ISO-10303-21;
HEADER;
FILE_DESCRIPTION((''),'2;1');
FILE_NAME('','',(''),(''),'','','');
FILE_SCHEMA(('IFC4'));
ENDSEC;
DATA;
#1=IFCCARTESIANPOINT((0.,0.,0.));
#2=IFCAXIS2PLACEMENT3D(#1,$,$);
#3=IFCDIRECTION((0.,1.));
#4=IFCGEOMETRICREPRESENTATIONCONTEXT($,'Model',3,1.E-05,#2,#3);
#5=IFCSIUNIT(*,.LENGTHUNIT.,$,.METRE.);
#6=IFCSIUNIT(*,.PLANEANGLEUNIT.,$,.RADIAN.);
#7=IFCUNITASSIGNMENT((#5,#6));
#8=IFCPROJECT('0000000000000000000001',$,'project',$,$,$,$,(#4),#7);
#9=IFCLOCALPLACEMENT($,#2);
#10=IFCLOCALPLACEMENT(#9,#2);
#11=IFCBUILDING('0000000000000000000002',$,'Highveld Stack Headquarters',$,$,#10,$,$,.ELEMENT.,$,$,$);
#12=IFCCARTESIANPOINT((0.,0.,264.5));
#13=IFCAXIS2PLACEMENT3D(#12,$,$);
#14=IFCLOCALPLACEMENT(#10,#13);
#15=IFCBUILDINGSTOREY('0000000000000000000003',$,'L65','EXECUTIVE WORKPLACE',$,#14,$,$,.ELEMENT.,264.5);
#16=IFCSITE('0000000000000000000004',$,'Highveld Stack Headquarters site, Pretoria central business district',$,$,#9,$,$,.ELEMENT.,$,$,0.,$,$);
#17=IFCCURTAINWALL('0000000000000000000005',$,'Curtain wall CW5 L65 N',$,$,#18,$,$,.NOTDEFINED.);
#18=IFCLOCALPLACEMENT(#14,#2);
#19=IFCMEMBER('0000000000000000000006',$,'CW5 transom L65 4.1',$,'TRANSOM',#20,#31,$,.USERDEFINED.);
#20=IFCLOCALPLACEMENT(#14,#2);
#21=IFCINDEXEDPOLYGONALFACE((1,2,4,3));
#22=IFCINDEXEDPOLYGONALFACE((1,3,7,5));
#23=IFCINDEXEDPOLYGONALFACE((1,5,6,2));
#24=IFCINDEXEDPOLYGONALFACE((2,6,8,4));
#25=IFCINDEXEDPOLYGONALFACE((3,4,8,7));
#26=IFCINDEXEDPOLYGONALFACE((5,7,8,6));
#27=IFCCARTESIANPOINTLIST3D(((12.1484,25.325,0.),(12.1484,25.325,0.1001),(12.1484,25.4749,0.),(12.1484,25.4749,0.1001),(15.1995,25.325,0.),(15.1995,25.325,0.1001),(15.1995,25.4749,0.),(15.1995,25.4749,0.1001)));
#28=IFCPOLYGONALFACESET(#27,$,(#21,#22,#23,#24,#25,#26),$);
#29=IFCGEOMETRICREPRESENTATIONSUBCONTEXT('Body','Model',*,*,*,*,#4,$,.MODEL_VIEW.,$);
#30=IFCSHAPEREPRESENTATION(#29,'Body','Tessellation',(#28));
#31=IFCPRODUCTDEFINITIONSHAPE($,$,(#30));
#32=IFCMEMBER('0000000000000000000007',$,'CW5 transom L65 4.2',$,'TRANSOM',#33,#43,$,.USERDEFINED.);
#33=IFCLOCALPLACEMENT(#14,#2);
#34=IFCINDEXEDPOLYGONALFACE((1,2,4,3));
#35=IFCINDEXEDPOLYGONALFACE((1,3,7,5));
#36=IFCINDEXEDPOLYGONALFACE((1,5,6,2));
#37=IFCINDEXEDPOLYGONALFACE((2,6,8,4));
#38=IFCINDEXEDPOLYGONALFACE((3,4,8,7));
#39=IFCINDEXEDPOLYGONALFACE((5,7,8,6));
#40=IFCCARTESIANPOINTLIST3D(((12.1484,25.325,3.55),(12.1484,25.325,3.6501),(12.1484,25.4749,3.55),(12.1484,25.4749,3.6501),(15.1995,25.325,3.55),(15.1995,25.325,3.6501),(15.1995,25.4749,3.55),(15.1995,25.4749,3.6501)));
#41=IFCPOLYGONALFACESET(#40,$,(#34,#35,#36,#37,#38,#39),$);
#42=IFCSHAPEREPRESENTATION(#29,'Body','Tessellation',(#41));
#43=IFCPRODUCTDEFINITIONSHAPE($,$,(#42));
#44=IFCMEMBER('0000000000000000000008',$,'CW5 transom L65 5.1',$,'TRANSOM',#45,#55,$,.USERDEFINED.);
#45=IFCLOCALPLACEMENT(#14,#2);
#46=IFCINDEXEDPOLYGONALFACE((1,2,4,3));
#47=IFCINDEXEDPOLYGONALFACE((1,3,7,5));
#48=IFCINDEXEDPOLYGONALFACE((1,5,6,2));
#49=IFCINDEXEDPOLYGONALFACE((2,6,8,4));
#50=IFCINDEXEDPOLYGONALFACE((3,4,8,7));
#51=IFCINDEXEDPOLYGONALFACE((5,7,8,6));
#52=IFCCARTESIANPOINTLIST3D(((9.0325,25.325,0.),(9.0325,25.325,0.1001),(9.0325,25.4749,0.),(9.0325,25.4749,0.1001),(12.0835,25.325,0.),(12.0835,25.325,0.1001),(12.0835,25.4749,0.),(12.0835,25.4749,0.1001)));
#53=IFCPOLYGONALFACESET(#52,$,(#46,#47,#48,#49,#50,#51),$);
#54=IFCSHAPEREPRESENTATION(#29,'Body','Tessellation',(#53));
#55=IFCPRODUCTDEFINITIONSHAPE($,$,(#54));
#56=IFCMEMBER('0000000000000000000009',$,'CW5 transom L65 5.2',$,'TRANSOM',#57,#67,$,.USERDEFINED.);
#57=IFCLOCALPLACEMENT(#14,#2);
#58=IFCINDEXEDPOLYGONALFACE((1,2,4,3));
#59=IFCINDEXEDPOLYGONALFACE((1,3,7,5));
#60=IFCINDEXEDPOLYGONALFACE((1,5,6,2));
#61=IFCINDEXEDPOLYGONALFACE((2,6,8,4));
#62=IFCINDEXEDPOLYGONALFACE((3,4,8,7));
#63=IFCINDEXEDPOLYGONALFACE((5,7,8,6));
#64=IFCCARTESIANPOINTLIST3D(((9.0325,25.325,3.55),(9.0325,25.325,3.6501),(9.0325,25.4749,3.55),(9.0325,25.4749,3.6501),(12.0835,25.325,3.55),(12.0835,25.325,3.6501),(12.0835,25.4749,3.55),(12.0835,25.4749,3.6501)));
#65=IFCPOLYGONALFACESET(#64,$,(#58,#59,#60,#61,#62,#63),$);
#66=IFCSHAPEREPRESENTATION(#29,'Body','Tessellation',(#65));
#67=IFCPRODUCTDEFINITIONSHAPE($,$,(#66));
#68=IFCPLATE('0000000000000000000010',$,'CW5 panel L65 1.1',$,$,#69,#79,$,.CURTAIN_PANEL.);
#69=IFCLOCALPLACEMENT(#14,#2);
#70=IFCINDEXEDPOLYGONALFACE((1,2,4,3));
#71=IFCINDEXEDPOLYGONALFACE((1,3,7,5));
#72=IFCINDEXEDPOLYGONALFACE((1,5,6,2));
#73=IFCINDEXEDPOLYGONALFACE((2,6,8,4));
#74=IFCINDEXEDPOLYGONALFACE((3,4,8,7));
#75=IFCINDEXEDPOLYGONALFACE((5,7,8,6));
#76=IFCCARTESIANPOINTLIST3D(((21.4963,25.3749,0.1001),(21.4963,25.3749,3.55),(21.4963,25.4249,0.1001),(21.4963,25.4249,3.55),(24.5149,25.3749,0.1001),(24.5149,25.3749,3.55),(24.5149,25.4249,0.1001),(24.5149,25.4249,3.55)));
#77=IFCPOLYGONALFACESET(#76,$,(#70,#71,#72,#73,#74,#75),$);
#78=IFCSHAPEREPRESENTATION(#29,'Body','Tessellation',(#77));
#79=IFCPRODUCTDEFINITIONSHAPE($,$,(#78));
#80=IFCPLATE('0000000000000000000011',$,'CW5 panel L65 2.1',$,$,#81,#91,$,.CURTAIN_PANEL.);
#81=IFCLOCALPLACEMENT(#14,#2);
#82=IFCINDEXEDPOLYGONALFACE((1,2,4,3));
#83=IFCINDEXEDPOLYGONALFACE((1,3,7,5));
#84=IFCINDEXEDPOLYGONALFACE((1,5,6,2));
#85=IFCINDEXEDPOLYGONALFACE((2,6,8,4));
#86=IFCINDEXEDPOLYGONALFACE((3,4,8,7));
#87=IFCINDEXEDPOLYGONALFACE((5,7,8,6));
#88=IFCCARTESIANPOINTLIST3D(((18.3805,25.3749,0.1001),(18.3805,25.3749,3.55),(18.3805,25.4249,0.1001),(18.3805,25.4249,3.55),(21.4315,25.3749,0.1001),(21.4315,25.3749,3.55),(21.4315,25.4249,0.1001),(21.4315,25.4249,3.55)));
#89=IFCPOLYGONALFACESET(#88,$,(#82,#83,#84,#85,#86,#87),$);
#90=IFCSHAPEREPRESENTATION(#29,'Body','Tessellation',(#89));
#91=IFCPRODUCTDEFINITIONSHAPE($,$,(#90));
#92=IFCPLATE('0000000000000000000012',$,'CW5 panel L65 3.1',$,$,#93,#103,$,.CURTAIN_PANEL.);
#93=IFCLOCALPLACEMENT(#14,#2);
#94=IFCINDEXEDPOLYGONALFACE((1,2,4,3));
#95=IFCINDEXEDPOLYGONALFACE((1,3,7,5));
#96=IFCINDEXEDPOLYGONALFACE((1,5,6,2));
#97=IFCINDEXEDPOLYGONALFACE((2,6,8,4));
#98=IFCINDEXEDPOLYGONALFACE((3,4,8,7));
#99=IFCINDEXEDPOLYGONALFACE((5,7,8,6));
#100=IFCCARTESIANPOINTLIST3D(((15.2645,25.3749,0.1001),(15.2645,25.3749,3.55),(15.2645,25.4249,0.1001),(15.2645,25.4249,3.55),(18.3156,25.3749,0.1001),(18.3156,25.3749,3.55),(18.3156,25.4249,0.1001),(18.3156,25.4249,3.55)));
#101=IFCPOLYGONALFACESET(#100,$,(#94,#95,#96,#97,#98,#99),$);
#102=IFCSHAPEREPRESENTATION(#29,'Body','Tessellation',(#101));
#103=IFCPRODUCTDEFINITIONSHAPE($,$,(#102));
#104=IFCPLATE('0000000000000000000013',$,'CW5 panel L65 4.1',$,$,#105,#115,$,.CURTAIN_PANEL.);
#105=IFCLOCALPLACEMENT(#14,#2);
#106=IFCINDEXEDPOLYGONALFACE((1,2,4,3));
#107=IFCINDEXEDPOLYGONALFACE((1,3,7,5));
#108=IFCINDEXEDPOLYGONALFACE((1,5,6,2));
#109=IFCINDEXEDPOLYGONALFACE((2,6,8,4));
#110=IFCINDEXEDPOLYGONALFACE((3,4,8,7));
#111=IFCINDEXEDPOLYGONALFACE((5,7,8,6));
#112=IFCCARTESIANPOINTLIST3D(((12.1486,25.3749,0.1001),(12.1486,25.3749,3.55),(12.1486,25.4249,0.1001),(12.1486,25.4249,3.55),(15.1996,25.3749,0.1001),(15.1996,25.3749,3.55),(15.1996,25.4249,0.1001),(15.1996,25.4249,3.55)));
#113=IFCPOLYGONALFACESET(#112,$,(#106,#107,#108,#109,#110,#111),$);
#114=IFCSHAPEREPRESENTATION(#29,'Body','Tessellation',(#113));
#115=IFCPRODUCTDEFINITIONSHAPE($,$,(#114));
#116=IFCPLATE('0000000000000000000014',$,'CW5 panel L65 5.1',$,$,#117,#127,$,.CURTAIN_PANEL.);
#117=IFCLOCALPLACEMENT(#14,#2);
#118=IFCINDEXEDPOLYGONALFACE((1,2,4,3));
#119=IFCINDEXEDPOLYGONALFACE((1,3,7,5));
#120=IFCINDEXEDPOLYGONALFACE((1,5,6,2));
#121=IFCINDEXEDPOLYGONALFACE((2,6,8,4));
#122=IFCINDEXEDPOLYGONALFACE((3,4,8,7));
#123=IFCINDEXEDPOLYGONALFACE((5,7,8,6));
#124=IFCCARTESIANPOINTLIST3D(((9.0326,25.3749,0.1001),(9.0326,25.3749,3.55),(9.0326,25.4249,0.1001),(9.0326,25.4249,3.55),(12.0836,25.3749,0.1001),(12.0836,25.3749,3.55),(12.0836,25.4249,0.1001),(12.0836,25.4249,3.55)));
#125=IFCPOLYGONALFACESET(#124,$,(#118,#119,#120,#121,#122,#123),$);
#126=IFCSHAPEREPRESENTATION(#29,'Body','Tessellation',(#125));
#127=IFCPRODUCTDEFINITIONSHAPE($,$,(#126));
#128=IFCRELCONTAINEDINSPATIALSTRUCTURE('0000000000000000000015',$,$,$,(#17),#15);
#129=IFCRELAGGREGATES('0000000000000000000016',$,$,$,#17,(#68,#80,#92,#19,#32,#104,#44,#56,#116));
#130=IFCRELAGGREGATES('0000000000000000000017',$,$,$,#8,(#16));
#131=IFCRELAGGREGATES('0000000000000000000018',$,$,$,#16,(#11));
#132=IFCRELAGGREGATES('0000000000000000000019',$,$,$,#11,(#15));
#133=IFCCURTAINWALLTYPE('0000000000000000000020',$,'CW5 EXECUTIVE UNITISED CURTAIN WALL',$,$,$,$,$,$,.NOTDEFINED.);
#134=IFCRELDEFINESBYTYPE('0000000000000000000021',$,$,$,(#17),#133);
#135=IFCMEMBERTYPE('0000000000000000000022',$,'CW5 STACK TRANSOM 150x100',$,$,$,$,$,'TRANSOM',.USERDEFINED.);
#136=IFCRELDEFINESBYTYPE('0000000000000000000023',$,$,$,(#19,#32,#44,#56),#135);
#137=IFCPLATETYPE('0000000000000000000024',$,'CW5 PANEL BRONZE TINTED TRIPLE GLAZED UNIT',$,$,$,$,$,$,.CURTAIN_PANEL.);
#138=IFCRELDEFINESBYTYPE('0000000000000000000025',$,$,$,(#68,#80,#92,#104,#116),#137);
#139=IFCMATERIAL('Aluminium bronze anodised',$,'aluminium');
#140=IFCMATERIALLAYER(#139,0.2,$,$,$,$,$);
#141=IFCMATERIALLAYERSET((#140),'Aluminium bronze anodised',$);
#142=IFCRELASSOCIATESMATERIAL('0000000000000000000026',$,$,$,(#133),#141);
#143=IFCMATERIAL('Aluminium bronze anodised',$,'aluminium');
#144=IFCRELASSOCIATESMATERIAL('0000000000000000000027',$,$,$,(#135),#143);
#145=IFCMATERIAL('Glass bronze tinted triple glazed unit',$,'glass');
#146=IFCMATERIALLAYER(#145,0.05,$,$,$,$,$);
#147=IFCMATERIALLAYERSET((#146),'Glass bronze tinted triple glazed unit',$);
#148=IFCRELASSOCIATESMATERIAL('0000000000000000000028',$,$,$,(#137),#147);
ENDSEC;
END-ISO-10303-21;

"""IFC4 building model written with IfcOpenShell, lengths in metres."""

from ifc_helpers import new_model, si_unit, direction, frame, origin, origin_2d, place, context, subcontext, project, spatial, rectangle, extrude, material, layer, layer_set, material_profile, profile_set, type_object, element, aggregate, save


model = new_model("IFC4")

# Units and contexts
model_context = context("Model", 3, precision=1e-05, world=origin(), true_north=direction((0.0, 1.0)))
body_context = subcontext(model_context, "Body", "Model", "MODEL_VIEW")
ifc_project = project(units=[si_unit("LENGTHUNIT", "METRE"), si_unit("PLANEANGLEUNIT", "RADIAN")], contexts=[model_context])

# Site, building, storey
site_placement = place(None, origin())
site = spatial("IfcSite", under=ifc_project, at=site_placement, Name="Highveld Stack Headquarters site, Pretoria central business district", CompositionType="ELEMENT", RefElevation=0.0)
building_placement = place(site_placement, origin())
building = spatial("IfcBuilding", under=site, at=building_placement, Name="Highveld Stack Headquarters", CompositionType="ELEMENT")
storey_placement = place(building_placement, frame((0.0, 0.0, 264.5)))
storey = spatial("IfcBuildingStorey", under=building, at=storey_placement, Name="L65", Description="EXECUTIVE WORKPLACE", CompositionType="ELEMENT", Elevation=264.5)

# Curtain wall, members, plates
ifc_material_1 = material(Name="Aluminium bronze anodised", Category="aluminium")
ifc_layer_1 = layer(ifc_material_1, 0.2)
ifc_layer_set_1 = layer_set([ifc_layer_1], Name="Aluminium bronze anodised")
curtain_wall_type = type_object("IfcCurtainWallType", Name="CW5 EXECUTIVE UNITISED CURTAIN WALL", PredefinedType="NOTDEFINED", material=ifc_layer_set_1)
curtain_wall_placement = place(storey_placement, origin())
curtain_wall = element("IfcCurtainWall", 1, at=curtain_wall_placement, inside=storey, type_object=curtain_wall_type, Name="Curtain wall CW5 L65 N", PredefinedType="NOTDEFINED")
ifc_material_2 = material(Name="Aluminium bronze anodised", Category="aluminium")
ifc_material_profile_1 = material_profile(ifc_material_2, rectangle(XDim=0.1499, YDim=0.1001, at=origin_2d()), Name="CW5 TRANSOM 150x100")
ifc_profile_set_1 = profile_set([ifc_material_profile_1], Name="Aluminium bronze anodised")
member_type_1 = type_object("IfcMemberType", Name="CW5 STACK TRANSOM 150x100", ElementType="TRANSOM", PredefinedType="USERDEFINED", material=ifc_profile_set_1)
member_1_placement = place(storey_placement, frame((15.1995, 25.3999, 0.05), z_axis=(-1.0, 0.0, 0.0), x_axis=(0.0, -1.0, 0.0)))
member_1 = element("IfcMember", 2, at=member_1_placement, type_object=member_type_1, Name="CW5 transom L65 4.1", ObjectType="TRANSOM", PredefinedType="USERDEFINED", context=body_context, shape_type="SweptSolid", body=[
    extrude(rectangle(XDim=0.1499, YDim=0.1001, at=origin_2d()), origin(), (0.0, 0.0, 1.0), 3.051),
])
member_2_placement = place(storey_placement, frame((15.1995, 25.3999, 3.6001), z_axis=(-1.0, 0.0, 0.0), x_axis=(0.0, -1.0, 0.0)))
member_2 = element("IfcMember", 3, at=member_2_placement, type_object=member_type_1, Name="CW5 transom L65 4.2", ObjectType="TRANSOM", PredefinedType="USERDEFINED", context=body_context, shape_type="SweptSolid", body=[
    extrude(rectangle(XDim=0.1499, YDim=0.1001, at=origin_2d()), origin(), (0.0, 0.0, 1.0), 3.051),
])
member_3_placement = place(storey_placement, frame((12.0835, 25.3999, 0.05), z_axis=(-1.0, 0.0, 0.0), x_axis=(0.0, -1.0, 0.0)))
member_3 = element("IfcMember", 4, at=member_3_placement, type_object=member_type_1, Name="CW5 transom L65 5.1", ObjectType="TRANSOM", PredefinedType="USERDEFINED", context=body_context, shape_type="SweptSolid", body=[
    extrude(rectangle(XDim=0.1499, YDim=0.1001, at=origin_2d()), origin(), (0.0, 0.0, 1.0), 3.051),
])
member_4_placement = place(storey_placement, frame((12.0835, 25.3999, 3.6001), z_axis=(-1.0, 0.0, 0.0), x_axis=(0.0, -1.0, 0.0)))
member_4 = element("IfcMember", 5, at=member_4_placement, type_object=member_type_1, Name="CW5 transom L65 5.2", ObjectType="TRANSOM", PredefinedType="USERDEFINED", context=body_context, shape_type="SweptSolid", body=[
    extrude(rectangle(XDim=0.1499, YDim=0.1001, at=origin_2d()), origin(), (0.0, 0.0, 1.0), 3.051),
])
ifc_material_3 = material(Name="Glass bronze tinted triple glazed unit", Category="glass")
ifc_layer_2 = layer(ifc_material_3, 0.05)
ifc_layer_set_2 = layer_set([ifc_layer_2], Name="Glass bronze tinted triple glazed unit")
plate_type = type_object("IfcPlateType", Name="CW5 PANEL BRONZE TINTED TRIPLE GLAZED UNIT", PredefinedType="CURTAIN_PANEL", material=ifc_layer_set_2)
plate_1_placement = place(storey_placement, frame((23.0056, 25.3999, 0.1001), z_axis=(0.0, 0.0, 1.0), x_axis=(-1.0, 0.0, 0.0)))
plate_1 = element("IfcPlate", 6, at=plate_1_placement, type_object=plate_type, Name="CW5 panel L65 1.1", PredefinedType="CURTAIN_PANEL", context=body_context, shape_type="SweptSolid", body=[
    extrude(rectangle(XDim=3.0186, YDim=0.05, at=origin_2d()), origin(), (0.0, 0.0, 1.0), 3.45),
])
plate_2_placement = place(storey_placement, frame((19.906, 25.3999, 0.1001), z_axis=(0.0, 0.0, 1.0), x_axis=(-1.0, 0.0, 0.0)))
plate_2 = element("IfcPlate", 7, at=plate_2_placement, type_object=plate_type, Name="CW5 panel L65 2.1", PredefinedType="CURTAIN_PANEL", context=body_context, shape_type="SweptSolid", body=[
    extrude(rectangle(XDim=3.051, YDim=0.05, at=origin_2d()), origin(), (0.0, 0.0, 1.0), 3.45),
])
plate_3_placement = place(storey_placement, frame((16.79, 25.3999, 0.1001), z_axis=(0.0, 0.0, 1.0), x_axis=(-1.0, 0.0, 0.0)))
plate_3 = element("IfcPlate", 8, at=plate_3_placement, type_object=plate_type, Name="CW5 panel L65 3.1", PredefinedType="CURTAIN_PANEL", context=body_context, shape_type="SweptSolid", body=[
    extrude(rectangle(XDim=3.051, YDim=0.05, at=origin_2d()), origin(), (0.0, 0.0, 1.0), 3.45),
])
plate_4_placement = place(storey_placement, frame((13.6741, 25.3999, 0.1001), z_axis=(0.0, 0.0, 1.0), x_axis=(-1.0, 0.0, 0.0)))
plate_4 = element("IfcPlate", 9, at=plate_4_placement, type_object=plate_type, Name="CW5 panel L65 4.1", PredefinedType="CURTAIN_PANEL", context=body_context, shape_type="SweptSolid", body=[
    extrude(rectangle(XDim=3.051, YDim=0.05, at=origin_2d()), origin(), (0.0, 0.0, 1.0), 3.45),
])
plate_5_placement = place(storey_placement, frame((10.5581, 25.3999, 0.1001), z_axis=(0.0, 0.0, 1.0), x_axis=(-1.0, 0.0, 0.0)))
plate_5 = element("IfcPlate", 10, at=plate_5_placement, type_object=plate_type, Name="CW5 panel L65 5.1", PredefinedType="CURTAIN_PANEL", context=body_context, shape_type="SweptSolid", body=[
    extrude(rectangle(XDim=3.051, YDim=0.05, at=origin_2d()), origin(), (0.0, 0.0, 1.0), 3.45),
])
aggregate(curtain_wall, [plate_1, plate_2, plate_3, member_1, member_2, plate_4, member_3, member_4, plate_5])

save(model, "model.ifc")
